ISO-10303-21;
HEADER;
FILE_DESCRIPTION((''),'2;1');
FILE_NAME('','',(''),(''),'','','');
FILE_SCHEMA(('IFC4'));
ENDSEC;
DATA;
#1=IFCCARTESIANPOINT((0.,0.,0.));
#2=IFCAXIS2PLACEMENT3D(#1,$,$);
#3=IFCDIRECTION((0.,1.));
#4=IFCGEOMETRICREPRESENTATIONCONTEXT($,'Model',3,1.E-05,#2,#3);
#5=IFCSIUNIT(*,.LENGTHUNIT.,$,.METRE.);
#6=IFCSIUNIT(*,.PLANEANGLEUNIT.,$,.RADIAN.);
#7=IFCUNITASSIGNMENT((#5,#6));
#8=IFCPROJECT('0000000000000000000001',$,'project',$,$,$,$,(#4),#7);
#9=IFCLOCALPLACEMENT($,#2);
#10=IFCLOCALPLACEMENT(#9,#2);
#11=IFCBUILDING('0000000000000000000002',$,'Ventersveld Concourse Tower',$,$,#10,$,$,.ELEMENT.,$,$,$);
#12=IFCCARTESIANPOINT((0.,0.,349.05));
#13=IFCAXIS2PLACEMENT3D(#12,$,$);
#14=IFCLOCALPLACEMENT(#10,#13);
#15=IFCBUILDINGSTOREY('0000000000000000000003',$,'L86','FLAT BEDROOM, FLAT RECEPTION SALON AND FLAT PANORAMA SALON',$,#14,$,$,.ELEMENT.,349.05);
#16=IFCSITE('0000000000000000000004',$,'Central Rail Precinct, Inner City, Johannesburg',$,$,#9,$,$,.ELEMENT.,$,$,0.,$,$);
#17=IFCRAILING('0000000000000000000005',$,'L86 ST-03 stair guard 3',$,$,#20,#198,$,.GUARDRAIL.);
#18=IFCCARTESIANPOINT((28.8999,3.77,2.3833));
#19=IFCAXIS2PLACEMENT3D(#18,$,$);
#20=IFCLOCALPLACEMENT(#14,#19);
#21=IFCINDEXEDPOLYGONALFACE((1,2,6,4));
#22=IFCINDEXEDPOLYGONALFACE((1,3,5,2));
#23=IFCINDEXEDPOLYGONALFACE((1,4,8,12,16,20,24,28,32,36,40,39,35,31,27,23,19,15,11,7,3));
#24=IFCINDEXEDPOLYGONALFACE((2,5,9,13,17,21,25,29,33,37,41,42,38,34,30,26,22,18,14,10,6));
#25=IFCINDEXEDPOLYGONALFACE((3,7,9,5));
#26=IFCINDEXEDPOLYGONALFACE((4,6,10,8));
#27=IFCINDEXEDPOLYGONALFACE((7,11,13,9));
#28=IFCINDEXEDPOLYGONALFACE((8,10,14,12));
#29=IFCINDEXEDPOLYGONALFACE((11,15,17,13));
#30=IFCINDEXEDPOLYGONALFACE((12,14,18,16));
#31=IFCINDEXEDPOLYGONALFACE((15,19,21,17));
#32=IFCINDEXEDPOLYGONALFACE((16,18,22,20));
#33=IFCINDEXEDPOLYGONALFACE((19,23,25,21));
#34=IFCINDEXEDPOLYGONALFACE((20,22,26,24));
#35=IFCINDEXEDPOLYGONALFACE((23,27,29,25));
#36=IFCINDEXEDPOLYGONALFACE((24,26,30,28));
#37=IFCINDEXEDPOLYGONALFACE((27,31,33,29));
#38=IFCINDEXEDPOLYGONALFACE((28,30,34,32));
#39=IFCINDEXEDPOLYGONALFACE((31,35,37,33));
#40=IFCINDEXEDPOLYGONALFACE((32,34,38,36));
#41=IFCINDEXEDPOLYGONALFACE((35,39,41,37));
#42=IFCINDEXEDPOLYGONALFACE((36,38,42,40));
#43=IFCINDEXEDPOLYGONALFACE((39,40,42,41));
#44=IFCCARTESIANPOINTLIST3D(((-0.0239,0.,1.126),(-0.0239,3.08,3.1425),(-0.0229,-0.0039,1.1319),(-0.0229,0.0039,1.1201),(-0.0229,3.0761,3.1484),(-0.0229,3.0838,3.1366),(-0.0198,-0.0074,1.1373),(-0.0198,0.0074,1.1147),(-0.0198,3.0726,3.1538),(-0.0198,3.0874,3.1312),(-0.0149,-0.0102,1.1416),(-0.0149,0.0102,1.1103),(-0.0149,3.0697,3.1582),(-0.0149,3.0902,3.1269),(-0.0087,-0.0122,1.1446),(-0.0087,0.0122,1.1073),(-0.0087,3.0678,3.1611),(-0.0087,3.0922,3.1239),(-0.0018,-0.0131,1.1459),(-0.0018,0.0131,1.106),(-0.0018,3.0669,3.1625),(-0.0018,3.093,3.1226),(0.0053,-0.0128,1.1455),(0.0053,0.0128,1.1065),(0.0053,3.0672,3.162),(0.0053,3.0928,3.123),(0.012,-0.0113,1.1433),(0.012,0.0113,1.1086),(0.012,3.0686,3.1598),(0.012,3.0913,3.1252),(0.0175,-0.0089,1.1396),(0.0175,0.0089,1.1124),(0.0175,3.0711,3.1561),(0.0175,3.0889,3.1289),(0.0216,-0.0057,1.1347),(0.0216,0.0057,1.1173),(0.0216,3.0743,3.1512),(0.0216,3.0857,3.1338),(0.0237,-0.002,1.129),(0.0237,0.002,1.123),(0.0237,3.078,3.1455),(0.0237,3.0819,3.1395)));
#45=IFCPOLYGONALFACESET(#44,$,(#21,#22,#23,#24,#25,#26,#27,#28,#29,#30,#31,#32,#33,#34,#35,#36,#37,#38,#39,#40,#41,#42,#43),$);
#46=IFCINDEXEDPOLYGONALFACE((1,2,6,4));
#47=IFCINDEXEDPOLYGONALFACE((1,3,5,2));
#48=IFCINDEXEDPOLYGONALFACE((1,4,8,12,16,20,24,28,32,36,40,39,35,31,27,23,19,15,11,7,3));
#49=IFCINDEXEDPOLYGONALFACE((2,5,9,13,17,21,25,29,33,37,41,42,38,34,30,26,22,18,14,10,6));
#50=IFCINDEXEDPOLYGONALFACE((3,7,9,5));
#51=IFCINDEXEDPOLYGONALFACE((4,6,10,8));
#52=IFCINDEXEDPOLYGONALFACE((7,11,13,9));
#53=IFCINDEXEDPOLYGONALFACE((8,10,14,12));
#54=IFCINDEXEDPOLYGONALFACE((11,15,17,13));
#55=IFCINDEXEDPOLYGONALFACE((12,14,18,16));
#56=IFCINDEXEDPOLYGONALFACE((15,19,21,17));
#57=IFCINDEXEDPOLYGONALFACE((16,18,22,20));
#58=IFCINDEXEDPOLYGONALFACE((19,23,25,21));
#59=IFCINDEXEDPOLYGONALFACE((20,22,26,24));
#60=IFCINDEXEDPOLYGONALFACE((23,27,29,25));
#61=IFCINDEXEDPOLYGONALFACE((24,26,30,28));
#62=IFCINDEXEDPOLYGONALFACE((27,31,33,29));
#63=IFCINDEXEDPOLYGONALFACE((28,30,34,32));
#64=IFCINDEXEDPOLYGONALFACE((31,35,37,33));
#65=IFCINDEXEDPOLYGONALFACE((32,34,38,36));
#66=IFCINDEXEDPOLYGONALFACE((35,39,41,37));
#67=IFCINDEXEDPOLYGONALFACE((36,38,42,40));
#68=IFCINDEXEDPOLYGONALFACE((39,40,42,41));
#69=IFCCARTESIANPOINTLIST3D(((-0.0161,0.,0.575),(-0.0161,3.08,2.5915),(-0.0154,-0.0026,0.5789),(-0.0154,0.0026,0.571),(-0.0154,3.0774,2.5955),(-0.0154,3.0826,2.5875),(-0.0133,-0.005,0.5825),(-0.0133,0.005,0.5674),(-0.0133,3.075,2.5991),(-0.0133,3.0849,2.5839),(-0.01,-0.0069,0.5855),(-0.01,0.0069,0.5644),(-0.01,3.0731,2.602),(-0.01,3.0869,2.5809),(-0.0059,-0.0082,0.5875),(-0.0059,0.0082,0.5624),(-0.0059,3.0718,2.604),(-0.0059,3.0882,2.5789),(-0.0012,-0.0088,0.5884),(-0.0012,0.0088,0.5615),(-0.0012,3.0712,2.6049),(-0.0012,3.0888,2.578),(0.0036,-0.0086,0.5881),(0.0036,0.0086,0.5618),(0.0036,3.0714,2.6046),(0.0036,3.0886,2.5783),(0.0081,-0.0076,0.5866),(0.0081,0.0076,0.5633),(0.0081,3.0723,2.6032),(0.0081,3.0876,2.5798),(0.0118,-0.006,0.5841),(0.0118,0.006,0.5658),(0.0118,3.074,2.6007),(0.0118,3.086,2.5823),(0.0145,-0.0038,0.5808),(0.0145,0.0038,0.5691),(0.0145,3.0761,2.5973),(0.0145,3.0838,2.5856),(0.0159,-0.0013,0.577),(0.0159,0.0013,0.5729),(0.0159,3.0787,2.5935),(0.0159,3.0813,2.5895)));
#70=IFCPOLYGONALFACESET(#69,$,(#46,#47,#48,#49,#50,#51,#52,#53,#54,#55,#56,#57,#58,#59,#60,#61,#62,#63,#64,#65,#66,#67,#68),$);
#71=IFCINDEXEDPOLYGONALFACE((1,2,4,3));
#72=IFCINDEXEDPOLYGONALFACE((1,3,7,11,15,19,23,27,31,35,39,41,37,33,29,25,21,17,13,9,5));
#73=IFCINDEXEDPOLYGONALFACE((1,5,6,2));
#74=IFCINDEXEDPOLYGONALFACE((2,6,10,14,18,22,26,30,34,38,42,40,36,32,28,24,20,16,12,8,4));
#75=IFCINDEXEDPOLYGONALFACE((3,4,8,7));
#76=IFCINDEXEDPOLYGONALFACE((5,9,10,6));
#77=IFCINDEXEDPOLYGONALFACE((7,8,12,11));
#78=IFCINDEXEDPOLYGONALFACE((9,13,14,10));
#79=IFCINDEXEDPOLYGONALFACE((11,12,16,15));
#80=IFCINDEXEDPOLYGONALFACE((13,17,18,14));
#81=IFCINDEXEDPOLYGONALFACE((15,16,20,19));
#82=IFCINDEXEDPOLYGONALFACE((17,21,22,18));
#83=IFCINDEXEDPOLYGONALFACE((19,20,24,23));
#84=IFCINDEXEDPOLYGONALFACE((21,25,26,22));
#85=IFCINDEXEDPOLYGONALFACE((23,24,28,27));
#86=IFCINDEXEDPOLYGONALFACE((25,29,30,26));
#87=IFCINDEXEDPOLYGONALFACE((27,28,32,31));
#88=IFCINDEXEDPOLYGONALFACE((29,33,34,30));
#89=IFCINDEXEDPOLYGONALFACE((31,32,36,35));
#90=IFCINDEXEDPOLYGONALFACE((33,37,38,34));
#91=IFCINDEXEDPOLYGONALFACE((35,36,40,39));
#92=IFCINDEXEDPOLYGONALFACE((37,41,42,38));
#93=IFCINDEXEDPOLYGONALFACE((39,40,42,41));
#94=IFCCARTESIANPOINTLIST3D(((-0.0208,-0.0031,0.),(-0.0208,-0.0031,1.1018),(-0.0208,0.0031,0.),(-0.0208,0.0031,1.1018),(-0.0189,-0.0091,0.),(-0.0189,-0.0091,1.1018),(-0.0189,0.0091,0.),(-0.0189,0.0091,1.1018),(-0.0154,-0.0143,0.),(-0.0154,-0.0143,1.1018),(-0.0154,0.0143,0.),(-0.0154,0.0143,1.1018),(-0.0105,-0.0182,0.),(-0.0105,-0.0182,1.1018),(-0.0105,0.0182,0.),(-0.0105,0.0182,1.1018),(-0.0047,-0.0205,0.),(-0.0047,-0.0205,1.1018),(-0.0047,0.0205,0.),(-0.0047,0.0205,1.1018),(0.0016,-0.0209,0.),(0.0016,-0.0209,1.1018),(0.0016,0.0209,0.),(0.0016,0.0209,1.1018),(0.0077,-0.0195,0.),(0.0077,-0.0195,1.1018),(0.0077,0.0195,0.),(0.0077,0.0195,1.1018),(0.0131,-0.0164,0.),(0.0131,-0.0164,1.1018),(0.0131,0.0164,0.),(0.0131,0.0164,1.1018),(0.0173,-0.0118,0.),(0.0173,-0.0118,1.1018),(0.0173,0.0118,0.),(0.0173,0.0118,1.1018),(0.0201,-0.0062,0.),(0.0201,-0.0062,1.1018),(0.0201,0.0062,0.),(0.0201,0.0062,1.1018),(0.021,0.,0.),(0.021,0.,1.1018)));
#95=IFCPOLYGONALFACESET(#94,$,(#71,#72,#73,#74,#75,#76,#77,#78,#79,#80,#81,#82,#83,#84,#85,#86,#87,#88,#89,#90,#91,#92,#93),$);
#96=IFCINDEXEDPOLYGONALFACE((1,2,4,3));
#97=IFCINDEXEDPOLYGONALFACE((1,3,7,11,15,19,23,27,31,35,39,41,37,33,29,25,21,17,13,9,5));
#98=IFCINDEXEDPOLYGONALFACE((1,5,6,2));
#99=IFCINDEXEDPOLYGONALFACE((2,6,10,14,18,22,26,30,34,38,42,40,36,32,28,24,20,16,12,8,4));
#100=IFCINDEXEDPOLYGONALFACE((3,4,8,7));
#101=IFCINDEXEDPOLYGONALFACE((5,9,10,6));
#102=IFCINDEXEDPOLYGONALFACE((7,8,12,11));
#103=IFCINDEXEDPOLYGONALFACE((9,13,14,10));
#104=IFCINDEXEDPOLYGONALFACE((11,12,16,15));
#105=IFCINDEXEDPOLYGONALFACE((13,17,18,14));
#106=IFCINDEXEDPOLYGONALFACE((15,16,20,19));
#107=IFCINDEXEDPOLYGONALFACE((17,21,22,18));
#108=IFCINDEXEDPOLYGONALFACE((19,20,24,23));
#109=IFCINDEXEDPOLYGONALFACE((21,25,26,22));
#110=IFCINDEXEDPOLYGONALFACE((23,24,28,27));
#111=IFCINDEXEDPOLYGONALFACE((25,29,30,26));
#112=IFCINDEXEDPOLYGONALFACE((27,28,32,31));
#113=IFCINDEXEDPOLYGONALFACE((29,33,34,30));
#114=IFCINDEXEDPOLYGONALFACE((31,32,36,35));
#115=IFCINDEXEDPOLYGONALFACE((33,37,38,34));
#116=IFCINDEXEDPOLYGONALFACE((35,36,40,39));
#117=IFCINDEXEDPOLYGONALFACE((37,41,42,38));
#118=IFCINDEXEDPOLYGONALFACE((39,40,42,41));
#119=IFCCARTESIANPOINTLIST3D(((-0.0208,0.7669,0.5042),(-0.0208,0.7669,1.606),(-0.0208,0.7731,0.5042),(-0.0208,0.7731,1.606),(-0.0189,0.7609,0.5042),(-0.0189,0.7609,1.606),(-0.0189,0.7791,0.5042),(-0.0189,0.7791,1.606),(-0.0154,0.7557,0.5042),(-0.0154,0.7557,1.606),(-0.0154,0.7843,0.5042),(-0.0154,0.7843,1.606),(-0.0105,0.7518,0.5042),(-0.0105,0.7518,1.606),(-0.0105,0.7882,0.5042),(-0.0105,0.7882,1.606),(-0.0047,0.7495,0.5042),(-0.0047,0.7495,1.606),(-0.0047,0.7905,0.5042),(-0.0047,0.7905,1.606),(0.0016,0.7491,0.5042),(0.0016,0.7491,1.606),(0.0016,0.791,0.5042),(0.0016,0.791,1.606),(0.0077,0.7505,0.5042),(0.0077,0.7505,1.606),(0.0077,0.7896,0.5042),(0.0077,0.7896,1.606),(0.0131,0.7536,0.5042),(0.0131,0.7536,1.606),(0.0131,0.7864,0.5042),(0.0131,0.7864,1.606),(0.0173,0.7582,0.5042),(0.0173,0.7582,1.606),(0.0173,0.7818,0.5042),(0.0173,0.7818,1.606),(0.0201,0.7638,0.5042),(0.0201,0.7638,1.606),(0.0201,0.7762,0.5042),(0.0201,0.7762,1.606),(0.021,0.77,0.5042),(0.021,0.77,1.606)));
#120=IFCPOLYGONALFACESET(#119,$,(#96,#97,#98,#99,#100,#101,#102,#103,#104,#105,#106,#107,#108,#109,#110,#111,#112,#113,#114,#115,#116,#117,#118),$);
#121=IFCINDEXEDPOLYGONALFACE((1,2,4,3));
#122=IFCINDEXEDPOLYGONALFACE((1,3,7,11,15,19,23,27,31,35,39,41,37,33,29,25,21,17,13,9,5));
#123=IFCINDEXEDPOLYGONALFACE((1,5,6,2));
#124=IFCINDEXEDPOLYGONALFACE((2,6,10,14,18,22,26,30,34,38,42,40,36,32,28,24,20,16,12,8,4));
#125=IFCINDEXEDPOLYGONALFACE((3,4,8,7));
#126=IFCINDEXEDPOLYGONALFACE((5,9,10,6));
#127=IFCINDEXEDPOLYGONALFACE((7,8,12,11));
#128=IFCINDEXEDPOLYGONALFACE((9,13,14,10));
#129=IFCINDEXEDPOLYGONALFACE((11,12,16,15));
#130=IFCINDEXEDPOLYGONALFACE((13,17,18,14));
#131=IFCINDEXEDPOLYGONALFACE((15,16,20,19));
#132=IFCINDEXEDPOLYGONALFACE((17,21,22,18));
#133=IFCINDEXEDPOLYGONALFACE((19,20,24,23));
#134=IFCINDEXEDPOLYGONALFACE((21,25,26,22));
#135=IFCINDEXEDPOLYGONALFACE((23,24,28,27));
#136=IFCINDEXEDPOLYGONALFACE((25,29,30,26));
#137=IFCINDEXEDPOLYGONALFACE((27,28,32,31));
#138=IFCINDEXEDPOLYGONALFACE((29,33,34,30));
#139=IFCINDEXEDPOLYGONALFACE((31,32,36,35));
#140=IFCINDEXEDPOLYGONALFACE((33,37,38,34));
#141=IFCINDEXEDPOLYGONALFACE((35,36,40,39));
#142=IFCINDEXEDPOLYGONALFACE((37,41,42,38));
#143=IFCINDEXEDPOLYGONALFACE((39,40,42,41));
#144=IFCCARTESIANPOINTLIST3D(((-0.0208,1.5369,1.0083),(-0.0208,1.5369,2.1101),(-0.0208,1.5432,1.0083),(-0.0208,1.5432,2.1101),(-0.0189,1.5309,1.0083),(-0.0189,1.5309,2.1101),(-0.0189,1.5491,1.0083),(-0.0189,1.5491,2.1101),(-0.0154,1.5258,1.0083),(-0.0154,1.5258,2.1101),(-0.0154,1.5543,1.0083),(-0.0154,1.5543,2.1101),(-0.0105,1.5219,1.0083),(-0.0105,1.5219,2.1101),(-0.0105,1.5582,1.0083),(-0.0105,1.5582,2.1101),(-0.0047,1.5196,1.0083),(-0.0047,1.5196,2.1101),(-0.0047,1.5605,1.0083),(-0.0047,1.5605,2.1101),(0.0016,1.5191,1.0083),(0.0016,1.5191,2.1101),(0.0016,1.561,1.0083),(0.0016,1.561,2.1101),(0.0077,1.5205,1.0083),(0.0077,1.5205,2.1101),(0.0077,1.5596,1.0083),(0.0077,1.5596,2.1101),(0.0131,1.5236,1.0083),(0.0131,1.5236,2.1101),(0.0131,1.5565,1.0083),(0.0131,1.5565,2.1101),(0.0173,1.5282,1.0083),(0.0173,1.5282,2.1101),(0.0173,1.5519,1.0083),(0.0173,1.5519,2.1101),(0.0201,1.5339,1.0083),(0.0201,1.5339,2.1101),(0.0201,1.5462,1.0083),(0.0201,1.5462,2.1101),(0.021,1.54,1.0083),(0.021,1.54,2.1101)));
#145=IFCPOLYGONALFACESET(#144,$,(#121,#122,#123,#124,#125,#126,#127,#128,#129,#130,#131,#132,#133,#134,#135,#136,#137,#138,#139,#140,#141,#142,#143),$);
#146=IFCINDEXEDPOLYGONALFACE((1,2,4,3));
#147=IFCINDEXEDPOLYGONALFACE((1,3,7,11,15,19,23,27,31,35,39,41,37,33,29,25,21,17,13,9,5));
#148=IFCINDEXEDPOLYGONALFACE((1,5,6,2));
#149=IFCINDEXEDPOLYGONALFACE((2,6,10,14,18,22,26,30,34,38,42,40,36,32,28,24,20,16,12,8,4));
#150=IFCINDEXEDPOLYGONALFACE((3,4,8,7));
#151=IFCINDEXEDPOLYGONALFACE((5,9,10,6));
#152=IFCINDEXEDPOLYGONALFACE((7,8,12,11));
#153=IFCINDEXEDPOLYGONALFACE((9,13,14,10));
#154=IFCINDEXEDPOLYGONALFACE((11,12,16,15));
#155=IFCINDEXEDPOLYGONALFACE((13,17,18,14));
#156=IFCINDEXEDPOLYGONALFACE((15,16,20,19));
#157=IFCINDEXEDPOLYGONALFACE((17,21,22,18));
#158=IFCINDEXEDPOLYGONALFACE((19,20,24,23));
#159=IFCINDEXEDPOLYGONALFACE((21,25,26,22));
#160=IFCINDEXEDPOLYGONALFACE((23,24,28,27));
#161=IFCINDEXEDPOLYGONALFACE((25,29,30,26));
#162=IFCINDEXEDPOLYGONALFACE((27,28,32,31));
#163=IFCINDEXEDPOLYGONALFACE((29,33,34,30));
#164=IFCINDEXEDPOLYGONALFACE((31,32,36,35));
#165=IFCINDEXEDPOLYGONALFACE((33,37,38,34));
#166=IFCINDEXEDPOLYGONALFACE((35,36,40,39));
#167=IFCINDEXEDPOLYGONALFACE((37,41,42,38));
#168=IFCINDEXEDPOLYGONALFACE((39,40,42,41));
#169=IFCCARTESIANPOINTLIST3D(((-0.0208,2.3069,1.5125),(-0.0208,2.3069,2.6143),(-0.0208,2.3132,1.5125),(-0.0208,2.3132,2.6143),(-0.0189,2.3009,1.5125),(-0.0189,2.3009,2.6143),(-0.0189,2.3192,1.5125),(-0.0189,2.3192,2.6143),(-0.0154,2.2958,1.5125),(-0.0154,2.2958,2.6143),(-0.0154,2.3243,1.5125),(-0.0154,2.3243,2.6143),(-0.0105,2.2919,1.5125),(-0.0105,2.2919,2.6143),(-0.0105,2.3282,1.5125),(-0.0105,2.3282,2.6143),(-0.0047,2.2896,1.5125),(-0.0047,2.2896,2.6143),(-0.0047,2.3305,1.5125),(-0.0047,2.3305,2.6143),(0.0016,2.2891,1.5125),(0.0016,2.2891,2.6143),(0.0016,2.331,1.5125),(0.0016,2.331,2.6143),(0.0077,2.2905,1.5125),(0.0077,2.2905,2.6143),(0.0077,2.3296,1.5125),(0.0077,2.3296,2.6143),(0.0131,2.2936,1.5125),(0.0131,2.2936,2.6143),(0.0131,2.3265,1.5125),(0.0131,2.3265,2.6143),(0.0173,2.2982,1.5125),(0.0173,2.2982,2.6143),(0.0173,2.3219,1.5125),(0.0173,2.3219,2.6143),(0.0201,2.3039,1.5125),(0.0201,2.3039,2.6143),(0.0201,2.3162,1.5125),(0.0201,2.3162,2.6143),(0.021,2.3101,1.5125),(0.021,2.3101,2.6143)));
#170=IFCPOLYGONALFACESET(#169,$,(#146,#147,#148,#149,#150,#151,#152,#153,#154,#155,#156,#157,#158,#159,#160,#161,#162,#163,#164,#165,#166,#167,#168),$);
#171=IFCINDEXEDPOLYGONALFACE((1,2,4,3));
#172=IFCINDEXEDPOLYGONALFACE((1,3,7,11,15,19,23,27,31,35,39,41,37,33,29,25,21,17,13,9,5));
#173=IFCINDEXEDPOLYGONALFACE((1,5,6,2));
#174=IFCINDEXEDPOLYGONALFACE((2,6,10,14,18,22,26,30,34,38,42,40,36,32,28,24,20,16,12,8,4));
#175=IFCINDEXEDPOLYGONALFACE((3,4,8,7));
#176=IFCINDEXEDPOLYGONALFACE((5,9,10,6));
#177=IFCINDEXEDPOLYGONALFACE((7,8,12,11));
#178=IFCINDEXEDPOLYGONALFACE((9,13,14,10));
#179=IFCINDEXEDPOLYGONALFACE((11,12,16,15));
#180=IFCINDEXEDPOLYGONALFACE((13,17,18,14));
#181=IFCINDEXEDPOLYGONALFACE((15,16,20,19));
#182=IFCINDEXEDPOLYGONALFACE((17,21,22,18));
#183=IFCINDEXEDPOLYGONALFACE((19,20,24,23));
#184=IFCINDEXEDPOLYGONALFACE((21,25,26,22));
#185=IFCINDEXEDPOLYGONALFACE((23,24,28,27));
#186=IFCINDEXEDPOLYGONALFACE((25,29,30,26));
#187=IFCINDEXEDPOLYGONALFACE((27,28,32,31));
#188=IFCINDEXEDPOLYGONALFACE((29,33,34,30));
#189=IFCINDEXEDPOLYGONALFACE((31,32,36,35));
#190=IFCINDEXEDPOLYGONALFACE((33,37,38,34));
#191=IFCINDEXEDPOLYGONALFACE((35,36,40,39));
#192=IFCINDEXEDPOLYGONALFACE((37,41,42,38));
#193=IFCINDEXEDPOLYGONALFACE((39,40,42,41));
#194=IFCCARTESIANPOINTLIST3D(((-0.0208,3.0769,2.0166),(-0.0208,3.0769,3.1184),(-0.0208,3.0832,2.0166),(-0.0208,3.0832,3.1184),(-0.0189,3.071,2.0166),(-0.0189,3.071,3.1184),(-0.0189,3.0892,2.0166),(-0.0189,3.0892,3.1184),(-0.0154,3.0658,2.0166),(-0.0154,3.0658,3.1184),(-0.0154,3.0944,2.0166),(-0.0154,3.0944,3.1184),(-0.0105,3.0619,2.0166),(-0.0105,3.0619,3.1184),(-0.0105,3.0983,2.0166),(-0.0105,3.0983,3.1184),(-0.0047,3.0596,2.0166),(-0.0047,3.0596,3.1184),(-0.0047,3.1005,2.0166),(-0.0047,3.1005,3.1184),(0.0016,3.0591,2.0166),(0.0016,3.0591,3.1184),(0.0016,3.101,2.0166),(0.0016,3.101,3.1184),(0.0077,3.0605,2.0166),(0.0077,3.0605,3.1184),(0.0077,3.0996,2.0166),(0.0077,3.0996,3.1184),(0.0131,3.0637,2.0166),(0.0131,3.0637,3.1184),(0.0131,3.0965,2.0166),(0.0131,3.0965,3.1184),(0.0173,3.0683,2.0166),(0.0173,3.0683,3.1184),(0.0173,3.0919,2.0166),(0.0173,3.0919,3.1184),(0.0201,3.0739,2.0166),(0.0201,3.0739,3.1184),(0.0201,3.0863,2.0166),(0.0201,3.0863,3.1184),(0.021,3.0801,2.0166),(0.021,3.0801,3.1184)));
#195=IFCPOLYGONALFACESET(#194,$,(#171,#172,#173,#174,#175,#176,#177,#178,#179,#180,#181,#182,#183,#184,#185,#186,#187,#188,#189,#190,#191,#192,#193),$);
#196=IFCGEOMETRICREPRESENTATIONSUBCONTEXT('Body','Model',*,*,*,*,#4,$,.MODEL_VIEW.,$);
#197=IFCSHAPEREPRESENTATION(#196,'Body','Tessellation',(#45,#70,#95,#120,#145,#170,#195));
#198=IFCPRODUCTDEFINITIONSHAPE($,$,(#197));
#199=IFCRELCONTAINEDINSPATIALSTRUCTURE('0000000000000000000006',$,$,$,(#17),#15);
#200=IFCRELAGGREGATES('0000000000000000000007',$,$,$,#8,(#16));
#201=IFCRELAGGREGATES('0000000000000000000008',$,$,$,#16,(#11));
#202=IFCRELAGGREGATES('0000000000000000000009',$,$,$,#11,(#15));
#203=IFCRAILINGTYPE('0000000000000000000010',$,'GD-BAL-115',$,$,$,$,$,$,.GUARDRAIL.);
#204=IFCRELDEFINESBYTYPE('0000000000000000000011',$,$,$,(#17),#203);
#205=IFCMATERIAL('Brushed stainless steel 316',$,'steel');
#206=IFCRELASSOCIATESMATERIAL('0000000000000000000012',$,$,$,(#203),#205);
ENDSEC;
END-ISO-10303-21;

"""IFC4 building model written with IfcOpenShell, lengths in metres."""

from ifc_helpers import new_model, si_unit, direction, frame, origin, origin_2d, place, context, subcontext, project, spatial, circle, extrude, material, type_object, element, save


model = new_model("IFC4")

# Units and contexts
model_context = context("Model", 3, precision=1e-05, world=origin(), true_north=direction((0.0, 1.0)))
body_context = subcontext(model_context, "Body", "Model", "MODEL_VIEW")
ifc_project = project(units=[si_unit("LENGTHUNIT", "METRE"), si_unit("PLANEANGLEUNIT", "RADIAN")], contexts=[model_context])

# Site, building, storey
site_placement = place(None, origin())
site = spatial("IfcSite", under=ifc_project, at=site_placement, Name="Central Rail Precinct, Inner City, Johannesburg", CompositionType="ELEMENT", RefElevation=0.0)
building_placement = place(site_placement, origin())
building = spatial("IfcBuilding", under=site, at=building_placement, Name="Ventersveld Concourse Tower", CompositionType="ELEMENT")
storey_placement = place(building_placement, frame((0.0, 0.0, 349.05)))
storey = spatial("IfcBuildingStorey", under=building, at=storey_placement, Name="L86", Description="FLAT BEDROOM, FLAT RECEPTION SALON AND FLAT PANORAMA SALON", CompositionType="ELEMENT", Elevation=349.05)

# Shared definitions
ifc_material_1 = material(Name="Brushed stainless steel 316", Category="steel")

# Railing
railing_type_1 = type_object("IfcRailingType", Name="GD-BAL-115", PredefinedType="GUARDRAIL", material=ifc_material_1)
railing_1_placement = place(storey_placement, frame((28.8999, 3.77, 2.3833)))
element("IfcRailing", 1, at=railing_1_placement, inside=storey, type_object=railing_type_1, Name="L86 ST-03 stair guard 3", PredefinedType="GUARDRAIL", context=body_context, shape_type="SweptSolid", body=[
    extrude(circle(Radius=0.0239, at=origin_2d()), frame((0.0, 0.0, 1.126), z_axis=(0.0, 0.836633, 0.547764), x_axis=(-1.0, 0.0, 0.0)), (0.0, 0.0, 1.0), 3.6814),
    extrude(circle(Radius=0.0161, at=origin_2d()), frame((0.0, 0.0, 0.575), z_axis=(0.0, 0.836633, 0.547764), x_axis=(-1.0, 0.0, 0.0)), (0.0, 0.0, 1.0), 3.6814),
    extrude(circle(Radius=0.021, at=origin_2d()), origin(), (0.0, 0.0, 1.0), 1.1018),
    extrude(circle(Radius=0.021, at=origin_2d()), frame((0.0, 0.77, 0.5042)), (0.0, 0.0, 1.0), 1.1018),
    extrude(circle(Radius=0.021, at=origin_2d()), frame((0.0, 1.54, 1.0083)), (0.0, 0.0, 1.0), 1.1018),
    extrude(circle(Radius=0.021, at=origin_2d()), frame((0.0, 2.3101, 1.5125)), (0.0, 0.0, 1.0), 1.1018),
    extrude(circle(Radius=0.021, at=origin_2d()), frame((0.0, 3.0801, 2.0166)), (0.0, 0.0, 1.0), 1.1018),
])

save(model, "model.ifc")
